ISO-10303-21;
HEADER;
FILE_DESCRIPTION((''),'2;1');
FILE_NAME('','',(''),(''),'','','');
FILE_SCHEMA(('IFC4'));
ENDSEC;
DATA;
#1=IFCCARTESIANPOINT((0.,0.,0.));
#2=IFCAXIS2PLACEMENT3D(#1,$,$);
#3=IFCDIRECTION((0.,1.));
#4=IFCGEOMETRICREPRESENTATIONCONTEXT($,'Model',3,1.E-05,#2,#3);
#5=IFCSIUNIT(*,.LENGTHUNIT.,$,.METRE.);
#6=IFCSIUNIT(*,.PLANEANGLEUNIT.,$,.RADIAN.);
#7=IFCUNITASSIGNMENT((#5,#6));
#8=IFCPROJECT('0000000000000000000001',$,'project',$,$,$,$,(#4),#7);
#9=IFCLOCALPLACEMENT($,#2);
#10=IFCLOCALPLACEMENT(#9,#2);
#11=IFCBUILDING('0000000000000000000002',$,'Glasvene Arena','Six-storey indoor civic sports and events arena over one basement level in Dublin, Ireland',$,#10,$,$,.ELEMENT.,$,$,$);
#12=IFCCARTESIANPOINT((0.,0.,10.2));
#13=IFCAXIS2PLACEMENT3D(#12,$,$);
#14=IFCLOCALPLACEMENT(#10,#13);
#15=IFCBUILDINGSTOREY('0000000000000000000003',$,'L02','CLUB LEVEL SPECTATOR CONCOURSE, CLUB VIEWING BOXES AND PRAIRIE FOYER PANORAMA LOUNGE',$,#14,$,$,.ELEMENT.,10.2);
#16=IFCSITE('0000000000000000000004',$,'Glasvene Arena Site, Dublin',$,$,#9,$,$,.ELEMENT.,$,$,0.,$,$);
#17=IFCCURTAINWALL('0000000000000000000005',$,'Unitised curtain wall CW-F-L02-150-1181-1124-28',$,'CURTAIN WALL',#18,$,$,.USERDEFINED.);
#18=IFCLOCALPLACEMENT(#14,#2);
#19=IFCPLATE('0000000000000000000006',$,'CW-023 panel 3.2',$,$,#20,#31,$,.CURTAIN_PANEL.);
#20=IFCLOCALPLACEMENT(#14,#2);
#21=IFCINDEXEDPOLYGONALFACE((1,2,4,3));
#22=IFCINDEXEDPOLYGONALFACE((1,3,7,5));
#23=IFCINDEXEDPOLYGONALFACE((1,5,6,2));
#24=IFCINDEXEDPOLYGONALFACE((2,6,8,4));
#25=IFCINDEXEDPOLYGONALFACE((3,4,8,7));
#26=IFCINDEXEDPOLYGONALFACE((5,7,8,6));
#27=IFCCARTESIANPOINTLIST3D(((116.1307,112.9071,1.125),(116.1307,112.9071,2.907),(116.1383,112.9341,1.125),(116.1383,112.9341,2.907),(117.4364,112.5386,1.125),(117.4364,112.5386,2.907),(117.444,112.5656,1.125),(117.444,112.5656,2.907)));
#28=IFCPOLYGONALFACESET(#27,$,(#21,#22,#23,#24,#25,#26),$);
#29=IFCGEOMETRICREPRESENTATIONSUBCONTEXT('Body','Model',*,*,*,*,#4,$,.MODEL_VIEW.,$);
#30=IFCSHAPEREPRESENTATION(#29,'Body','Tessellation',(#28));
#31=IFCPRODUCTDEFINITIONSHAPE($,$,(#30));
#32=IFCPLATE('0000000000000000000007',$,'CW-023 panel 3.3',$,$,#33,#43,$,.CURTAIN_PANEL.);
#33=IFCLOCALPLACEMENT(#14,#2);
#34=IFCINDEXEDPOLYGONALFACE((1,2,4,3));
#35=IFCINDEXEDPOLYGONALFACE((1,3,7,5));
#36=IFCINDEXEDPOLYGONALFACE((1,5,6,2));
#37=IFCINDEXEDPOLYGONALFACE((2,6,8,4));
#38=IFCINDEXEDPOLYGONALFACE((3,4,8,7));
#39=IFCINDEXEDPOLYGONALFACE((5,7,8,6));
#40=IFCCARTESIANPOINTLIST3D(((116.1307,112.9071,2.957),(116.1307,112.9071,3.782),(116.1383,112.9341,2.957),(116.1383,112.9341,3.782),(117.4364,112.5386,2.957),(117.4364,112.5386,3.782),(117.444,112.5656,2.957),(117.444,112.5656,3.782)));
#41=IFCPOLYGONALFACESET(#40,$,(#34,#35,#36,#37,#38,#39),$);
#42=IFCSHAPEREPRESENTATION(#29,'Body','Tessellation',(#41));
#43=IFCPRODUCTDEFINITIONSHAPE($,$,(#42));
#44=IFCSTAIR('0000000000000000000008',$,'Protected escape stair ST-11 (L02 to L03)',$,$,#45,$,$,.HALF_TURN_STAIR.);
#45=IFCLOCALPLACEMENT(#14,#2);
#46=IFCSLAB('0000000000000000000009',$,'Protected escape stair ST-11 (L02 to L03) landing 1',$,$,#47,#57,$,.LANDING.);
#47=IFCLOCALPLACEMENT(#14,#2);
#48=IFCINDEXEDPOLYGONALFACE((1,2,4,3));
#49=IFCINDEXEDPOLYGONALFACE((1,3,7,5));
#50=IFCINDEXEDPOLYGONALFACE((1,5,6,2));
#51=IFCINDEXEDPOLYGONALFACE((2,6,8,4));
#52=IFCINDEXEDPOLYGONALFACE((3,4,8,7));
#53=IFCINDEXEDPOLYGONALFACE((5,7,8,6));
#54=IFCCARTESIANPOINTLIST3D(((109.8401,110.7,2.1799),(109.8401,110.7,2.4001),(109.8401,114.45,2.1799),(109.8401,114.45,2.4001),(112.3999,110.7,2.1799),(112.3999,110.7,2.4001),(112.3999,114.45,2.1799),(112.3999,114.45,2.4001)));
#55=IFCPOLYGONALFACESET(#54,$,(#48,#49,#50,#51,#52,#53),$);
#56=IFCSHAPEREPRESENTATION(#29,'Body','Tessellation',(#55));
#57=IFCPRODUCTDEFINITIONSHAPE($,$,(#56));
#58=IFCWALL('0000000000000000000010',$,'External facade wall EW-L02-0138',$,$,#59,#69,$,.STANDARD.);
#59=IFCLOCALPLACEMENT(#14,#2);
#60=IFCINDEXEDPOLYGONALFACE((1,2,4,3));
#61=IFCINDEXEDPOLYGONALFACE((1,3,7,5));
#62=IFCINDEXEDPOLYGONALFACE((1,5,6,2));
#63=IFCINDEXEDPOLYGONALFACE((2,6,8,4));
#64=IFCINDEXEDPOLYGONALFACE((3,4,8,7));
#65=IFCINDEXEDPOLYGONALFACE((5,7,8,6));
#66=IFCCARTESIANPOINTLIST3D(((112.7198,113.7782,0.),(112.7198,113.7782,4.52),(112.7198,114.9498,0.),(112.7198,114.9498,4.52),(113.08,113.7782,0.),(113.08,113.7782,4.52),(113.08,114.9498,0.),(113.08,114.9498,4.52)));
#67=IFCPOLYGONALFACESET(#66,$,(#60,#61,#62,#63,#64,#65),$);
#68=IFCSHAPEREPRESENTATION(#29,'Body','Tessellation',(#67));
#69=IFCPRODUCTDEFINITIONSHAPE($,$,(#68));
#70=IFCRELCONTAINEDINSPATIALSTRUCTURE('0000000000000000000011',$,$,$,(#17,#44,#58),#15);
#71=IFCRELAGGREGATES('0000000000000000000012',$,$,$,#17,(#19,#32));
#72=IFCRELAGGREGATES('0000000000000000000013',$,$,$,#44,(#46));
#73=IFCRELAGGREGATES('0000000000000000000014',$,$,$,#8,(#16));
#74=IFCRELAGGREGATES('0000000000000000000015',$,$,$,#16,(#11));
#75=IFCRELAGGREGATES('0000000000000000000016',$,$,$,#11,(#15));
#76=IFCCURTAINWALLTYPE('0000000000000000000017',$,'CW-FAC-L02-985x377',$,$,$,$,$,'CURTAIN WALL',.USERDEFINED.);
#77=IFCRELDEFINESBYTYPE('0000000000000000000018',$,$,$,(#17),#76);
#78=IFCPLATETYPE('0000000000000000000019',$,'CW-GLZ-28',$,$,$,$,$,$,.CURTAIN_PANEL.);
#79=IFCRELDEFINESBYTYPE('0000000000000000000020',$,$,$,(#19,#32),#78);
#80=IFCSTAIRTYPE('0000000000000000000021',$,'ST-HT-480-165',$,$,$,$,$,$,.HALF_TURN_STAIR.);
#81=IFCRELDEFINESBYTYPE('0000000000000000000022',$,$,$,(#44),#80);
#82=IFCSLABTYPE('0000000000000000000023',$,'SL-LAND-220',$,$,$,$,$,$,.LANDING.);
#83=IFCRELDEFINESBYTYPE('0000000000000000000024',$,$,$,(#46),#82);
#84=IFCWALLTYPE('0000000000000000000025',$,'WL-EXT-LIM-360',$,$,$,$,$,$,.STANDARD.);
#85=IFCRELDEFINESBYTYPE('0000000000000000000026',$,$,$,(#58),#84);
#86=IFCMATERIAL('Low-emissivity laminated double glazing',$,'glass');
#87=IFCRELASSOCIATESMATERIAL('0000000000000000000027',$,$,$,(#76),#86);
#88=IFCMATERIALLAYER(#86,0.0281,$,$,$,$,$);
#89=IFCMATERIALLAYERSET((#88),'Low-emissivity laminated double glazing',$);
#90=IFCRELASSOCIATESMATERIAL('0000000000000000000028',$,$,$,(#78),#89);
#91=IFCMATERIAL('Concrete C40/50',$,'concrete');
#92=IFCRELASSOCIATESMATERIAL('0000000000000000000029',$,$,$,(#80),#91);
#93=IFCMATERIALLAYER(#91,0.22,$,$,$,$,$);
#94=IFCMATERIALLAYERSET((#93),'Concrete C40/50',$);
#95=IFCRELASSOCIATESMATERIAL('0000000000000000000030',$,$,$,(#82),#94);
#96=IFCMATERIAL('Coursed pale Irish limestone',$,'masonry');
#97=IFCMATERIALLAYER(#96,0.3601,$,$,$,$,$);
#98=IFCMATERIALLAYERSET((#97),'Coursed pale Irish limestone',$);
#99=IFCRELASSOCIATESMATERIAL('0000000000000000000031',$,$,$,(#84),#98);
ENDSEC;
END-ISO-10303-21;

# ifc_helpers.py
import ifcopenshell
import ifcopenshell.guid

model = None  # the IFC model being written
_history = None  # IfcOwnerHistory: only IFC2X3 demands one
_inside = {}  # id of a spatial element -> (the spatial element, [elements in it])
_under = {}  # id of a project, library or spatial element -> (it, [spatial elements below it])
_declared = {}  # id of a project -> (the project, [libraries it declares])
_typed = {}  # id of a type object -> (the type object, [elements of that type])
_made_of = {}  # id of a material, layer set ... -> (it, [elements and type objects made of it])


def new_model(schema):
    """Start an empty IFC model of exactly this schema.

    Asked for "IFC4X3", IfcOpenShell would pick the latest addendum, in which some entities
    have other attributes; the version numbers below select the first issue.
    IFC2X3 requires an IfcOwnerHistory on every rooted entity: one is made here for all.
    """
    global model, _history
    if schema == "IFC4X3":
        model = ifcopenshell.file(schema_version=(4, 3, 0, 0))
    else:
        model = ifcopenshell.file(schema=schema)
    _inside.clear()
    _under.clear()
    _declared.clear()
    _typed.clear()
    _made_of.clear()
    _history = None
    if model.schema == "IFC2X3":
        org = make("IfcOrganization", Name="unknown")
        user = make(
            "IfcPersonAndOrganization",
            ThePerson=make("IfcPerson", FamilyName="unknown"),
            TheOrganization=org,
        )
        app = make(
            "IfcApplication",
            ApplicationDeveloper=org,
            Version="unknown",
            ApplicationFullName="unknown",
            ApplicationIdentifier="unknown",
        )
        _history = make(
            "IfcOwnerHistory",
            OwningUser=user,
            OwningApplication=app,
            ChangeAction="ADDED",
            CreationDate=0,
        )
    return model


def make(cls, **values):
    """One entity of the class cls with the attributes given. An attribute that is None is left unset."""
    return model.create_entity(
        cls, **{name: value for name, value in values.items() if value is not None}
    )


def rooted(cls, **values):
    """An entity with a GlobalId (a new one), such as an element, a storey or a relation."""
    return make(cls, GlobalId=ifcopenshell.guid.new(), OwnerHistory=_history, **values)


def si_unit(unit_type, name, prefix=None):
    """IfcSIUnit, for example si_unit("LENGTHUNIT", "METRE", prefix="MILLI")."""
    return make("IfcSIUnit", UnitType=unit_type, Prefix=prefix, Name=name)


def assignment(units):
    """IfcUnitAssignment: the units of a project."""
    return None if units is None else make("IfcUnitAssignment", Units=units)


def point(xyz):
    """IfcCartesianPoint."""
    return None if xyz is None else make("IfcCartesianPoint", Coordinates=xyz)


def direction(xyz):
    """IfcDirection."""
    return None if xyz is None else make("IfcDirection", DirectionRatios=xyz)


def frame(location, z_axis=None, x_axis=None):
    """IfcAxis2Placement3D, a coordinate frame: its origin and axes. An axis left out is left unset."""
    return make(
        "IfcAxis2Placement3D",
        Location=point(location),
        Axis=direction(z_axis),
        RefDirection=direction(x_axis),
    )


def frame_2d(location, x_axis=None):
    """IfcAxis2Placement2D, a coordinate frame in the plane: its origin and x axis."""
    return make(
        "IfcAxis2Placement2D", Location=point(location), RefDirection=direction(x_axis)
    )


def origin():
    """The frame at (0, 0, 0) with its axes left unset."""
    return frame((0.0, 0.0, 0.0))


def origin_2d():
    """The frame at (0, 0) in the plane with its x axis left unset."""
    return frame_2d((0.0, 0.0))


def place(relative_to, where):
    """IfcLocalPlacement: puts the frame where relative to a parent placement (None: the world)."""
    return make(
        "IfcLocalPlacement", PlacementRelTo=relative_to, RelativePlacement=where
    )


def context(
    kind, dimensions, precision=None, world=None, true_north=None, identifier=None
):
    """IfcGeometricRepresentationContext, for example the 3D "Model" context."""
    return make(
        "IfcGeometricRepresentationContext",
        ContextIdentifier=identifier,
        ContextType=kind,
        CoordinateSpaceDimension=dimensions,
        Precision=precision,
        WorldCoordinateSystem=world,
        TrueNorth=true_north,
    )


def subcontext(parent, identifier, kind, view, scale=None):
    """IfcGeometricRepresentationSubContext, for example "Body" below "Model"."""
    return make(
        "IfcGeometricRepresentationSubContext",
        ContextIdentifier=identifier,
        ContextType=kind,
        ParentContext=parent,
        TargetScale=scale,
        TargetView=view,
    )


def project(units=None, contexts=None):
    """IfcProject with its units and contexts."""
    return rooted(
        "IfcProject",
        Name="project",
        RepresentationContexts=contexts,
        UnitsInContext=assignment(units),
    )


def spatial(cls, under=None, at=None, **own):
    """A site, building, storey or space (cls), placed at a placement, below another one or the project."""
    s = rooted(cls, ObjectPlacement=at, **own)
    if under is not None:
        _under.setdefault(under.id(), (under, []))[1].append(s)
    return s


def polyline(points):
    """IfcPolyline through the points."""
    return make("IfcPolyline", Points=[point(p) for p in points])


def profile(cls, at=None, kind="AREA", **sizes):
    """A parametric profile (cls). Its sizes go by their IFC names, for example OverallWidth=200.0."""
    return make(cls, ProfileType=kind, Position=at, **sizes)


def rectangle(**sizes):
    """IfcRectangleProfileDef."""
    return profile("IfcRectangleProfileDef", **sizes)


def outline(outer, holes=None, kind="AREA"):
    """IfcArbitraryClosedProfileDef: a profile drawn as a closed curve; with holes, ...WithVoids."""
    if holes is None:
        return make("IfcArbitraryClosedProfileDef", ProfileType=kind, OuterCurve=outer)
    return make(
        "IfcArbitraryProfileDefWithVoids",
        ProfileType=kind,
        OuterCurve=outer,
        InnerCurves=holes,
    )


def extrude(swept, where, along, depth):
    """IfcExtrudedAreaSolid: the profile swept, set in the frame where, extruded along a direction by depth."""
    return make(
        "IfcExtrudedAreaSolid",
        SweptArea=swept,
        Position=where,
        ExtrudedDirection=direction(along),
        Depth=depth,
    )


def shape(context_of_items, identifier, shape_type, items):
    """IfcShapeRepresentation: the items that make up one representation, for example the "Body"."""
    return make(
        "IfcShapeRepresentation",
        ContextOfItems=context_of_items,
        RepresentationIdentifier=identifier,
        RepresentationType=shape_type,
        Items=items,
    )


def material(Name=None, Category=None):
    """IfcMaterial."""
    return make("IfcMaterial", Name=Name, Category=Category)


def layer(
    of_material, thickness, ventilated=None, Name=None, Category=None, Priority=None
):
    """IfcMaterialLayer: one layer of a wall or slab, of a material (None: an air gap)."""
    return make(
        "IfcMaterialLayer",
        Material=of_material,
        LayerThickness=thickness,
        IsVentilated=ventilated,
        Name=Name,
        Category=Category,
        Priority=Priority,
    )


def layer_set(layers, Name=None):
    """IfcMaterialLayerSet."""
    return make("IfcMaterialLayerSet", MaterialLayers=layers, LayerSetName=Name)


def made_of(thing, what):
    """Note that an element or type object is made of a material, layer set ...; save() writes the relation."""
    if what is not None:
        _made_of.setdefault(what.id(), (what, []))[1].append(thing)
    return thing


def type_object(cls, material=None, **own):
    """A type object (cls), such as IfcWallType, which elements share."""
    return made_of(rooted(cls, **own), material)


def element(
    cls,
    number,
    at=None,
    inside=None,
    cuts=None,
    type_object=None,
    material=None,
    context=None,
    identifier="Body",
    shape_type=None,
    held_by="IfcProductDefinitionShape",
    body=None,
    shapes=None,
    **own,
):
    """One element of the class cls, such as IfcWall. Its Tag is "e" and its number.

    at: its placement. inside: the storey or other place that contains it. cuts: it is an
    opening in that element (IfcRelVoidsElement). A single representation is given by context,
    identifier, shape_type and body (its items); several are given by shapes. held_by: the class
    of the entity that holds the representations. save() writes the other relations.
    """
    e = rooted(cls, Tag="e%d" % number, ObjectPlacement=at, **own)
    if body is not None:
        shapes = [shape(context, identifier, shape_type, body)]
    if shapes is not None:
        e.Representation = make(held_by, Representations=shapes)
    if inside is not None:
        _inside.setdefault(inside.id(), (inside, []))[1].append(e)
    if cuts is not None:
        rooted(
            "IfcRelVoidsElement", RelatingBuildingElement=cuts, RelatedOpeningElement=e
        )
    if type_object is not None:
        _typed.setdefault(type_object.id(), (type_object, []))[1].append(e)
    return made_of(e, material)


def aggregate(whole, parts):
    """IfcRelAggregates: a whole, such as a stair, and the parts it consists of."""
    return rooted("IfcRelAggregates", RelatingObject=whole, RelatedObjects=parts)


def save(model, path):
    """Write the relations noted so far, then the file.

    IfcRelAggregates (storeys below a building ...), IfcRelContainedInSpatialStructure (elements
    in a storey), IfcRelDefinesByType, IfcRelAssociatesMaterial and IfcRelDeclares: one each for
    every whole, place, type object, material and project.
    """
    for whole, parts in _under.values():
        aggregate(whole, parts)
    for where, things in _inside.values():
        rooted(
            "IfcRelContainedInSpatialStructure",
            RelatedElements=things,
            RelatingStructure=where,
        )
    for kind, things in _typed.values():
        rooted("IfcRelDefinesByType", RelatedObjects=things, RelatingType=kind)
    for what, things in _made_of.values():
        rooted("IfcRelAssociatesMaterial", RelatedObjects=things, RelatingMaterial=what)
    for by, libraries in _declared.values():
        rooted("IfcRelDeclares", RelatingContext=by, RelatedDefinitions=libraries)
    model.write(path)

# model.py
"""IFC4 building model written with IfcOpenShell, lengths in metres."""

from ifc_helpers import new_model, si_unit, direction, frame, frame_2d, origin, origin_2d, place, context, subcontext, project, spatial, polyline, rectangle, outline, extrude, material, layer, layer_set, type_object, element, aggregate, save


model = new_model("IFC4")

# Units and contexts
model_context = context("Model", 3, precision=1e-05, world=origin(), true_north=direction((0.0, 1.0)))
body_context = subcontext(model_context, "Body", "Model", "MODEL_VIEW")
ifc_project = project(units=[si_unit("LENGTHUNIT", "METRE"), si_unit("PLANEANGLEUNIT", "RADIAN")], contexts=[model_context])

# Site, building, storey
site_placement = place(None, origin())
site = spatial("IfcSite", under=ifc_project, at=site_placement, Name="Glasvene Arena Site, Dublin", CompositionType="ELEMENT", RefElevation=0.0)
building_placement = place(site_placement, origin())
building = spatial("IfcBuilding", under=site, at=building_placement, Name="Glasvene Arena", Description="Six-storey indoor civic sports and events arena over one basement level in Dublin, Ireland", CompositionType="ELEMENT")
storey_placement = place(building_placement, frame((0.0, 0.0, 10.2)))
storey = spatial("IfcBuildingStorey", under=building, at=storey_placement, Name="L02", Description="CLUB LEVEL SPECTATOR CONCOURSE, CLUB VIEWING BOXES AND PRAIRIE FOYER PANORAMA LOUNGE", CompositionType="ELEMENT", Elevation=10.2)

# Curtain wall, plates
ifc_material_1 = material(Name="Low-emissivity laminated double glazing", Category="glass")
curtain_wall_type = type_object("IfcCurtainWallType", Name="CW-FAC-L02-985x377", ElementType="CURTAIN WALL", PredefinedType="USERDEFINED", material=ifc_material_1)
curtain_wall_placement = place(storey_placement, frame((113.4026, 113.6914, 0.0)))
curtain_wall = element("IfcCurtainWall", 1, at=curtain_wall_placement, inside=storey, type_object=curtain_wall_type, Name="Unitised curtain wall CW-F-L02-150-1181-1124-28", ObjectType="CURTAIN WALL", PredefinedType="USERDEFINED")
ifc_layer_1 = layer(ifc_material_1, 0.0281)
ifc_layer_set_1 = layer_set([ifc_layer_1], Name="Low-emissivity laminated double glazing")
plate_type = type_object("IfcPlateType", Name="CW-GLZ-28", PredefinedType="CURTAIN_PANEL", material=ifc_layer_set_1)
plate_1_placement = place(storey_placement, frame((116.7874, 112.7363, 1.125), z_axis=(0.0, 0.0, 1.0), x_axis=(0.962411, -0.271597, 0.0)))
plate_1 = element("IfcPlate", 2, at=plate_1_placement, type_object=plate_type, Name="CW-023 panel 3.2", PredefinedType="CURTAIN_PANEL", context=body_context, shape_type="SweptSolid", body=[
    extrude(rectangle(XDim=1.3567, YDim=0.0281, at=origin_2d()), origin(), (0.0, 0.0, 1.0), 1.782),
])
plate_2_placement = place(storey_placement, frame((116.7874, 112.7363, 2.957), z_axis=(0.0, 0.0, 1.0), x_axis=(0.962411, -0.271597, 0.0)))
plate_2 = element("IfcPlate", 3, at=plate_2_placement, type_object=plate_type, Name="CW-023 panel 3.3", PredefinedType="CURTAIN_PANEL", context=body_context, shape_type="SweptSolid", body=[
    extrude(rectangle(XDim=1.3567, YDim=0.0281, at=origin_2d()), origin(), (0.0, 0.0, 1.0), 0.825),
])
aggregate(curtain_wall, [plate_1, plate_2])

# Stair, slab
ifc_material_2 = material(Name="Concrete C40/50", Category="concrete")
stair_type = type_object("IfcStairType", Name="ST-HT-480-165", PredefinedType="HALF_TURN_STAIR", material=ifc_material_2)
stair_placement = place(storey_placement, origin())
stair = element("IfcStair", 4, at=stair_placement, inside=storey, type_object=stair_type, Name="Protected escape stair ST-11 (L02 to L03)", PredefinedType="HALF_TURN_STAIR")
ifc_layer_2 = layer(ifc_material_2, 0.22)
ifc_layer_set_2 = layer_set([ifc_layer_2], Name="Concrete C40/50")
slab_type_1 = type_object("IfcSlabType", Name="SL-LAND-220", PredefinedType="LANDING", material=ifc_layer_set_2)
slab_1_placement = place(storey_placement, frame((111.1201, 112.575, 2.1799)))
slab_1 = element("IfcSlab", 5, at=slab_1_placement, type_object=slab_type_1, Name="Protected escape stair ST-11 (L02 to L03) landing 1", PredefinedType="LANDING", context=body_context, shape_type="SweptSolid", body=[
    extrude(outline(polyline([(-1.28, -1.875), (1.2798, -1.875), (1.2798, 1.875), (-1.28, 1.875), (-1.28, -1.875)])), origin(), (0.0, 0.0, 1.0), 0.2202),
])
aggregate(stair, [slab_1])

# Wall
ifc_material_3 = material(Name="Coursed pale Irish limestone", Category="masonry")
ifc_layer_3 = layer(ifc_material_3, 0.3601)
ifc_layer_set_3 = layer_set([ifc_layer_3], Name="Coursed pale Irish limestone")
wall_type = type_object("IfcWallType", Name="WL-EXT-LIM-360", PredefinedType="STANDARD", material=ifc_layer_set_3)
wall_placement = place(storey_placement, frame((112.8999, 114.95, 0.0), z_axis=(0.0, 0.0, 1.0), x_axis=(0.0, -1.0, 0.0)))
element("IfcWall", 6, at=wall_placement, inside=storey, type_object=wall_type, Name="External facade wall EW-L02-0138", PredefinedType="STANDARD", context=body_context, shape_type="SweptSolid", body=[
    extrude(rectangle(XDim=1.1716, YDim=0.3601, at=frame_2d((0.5859, 0.0))), origin(), (0.0, 0.0, 1.0), 4.52),
])

save(model, "model.ifc")
